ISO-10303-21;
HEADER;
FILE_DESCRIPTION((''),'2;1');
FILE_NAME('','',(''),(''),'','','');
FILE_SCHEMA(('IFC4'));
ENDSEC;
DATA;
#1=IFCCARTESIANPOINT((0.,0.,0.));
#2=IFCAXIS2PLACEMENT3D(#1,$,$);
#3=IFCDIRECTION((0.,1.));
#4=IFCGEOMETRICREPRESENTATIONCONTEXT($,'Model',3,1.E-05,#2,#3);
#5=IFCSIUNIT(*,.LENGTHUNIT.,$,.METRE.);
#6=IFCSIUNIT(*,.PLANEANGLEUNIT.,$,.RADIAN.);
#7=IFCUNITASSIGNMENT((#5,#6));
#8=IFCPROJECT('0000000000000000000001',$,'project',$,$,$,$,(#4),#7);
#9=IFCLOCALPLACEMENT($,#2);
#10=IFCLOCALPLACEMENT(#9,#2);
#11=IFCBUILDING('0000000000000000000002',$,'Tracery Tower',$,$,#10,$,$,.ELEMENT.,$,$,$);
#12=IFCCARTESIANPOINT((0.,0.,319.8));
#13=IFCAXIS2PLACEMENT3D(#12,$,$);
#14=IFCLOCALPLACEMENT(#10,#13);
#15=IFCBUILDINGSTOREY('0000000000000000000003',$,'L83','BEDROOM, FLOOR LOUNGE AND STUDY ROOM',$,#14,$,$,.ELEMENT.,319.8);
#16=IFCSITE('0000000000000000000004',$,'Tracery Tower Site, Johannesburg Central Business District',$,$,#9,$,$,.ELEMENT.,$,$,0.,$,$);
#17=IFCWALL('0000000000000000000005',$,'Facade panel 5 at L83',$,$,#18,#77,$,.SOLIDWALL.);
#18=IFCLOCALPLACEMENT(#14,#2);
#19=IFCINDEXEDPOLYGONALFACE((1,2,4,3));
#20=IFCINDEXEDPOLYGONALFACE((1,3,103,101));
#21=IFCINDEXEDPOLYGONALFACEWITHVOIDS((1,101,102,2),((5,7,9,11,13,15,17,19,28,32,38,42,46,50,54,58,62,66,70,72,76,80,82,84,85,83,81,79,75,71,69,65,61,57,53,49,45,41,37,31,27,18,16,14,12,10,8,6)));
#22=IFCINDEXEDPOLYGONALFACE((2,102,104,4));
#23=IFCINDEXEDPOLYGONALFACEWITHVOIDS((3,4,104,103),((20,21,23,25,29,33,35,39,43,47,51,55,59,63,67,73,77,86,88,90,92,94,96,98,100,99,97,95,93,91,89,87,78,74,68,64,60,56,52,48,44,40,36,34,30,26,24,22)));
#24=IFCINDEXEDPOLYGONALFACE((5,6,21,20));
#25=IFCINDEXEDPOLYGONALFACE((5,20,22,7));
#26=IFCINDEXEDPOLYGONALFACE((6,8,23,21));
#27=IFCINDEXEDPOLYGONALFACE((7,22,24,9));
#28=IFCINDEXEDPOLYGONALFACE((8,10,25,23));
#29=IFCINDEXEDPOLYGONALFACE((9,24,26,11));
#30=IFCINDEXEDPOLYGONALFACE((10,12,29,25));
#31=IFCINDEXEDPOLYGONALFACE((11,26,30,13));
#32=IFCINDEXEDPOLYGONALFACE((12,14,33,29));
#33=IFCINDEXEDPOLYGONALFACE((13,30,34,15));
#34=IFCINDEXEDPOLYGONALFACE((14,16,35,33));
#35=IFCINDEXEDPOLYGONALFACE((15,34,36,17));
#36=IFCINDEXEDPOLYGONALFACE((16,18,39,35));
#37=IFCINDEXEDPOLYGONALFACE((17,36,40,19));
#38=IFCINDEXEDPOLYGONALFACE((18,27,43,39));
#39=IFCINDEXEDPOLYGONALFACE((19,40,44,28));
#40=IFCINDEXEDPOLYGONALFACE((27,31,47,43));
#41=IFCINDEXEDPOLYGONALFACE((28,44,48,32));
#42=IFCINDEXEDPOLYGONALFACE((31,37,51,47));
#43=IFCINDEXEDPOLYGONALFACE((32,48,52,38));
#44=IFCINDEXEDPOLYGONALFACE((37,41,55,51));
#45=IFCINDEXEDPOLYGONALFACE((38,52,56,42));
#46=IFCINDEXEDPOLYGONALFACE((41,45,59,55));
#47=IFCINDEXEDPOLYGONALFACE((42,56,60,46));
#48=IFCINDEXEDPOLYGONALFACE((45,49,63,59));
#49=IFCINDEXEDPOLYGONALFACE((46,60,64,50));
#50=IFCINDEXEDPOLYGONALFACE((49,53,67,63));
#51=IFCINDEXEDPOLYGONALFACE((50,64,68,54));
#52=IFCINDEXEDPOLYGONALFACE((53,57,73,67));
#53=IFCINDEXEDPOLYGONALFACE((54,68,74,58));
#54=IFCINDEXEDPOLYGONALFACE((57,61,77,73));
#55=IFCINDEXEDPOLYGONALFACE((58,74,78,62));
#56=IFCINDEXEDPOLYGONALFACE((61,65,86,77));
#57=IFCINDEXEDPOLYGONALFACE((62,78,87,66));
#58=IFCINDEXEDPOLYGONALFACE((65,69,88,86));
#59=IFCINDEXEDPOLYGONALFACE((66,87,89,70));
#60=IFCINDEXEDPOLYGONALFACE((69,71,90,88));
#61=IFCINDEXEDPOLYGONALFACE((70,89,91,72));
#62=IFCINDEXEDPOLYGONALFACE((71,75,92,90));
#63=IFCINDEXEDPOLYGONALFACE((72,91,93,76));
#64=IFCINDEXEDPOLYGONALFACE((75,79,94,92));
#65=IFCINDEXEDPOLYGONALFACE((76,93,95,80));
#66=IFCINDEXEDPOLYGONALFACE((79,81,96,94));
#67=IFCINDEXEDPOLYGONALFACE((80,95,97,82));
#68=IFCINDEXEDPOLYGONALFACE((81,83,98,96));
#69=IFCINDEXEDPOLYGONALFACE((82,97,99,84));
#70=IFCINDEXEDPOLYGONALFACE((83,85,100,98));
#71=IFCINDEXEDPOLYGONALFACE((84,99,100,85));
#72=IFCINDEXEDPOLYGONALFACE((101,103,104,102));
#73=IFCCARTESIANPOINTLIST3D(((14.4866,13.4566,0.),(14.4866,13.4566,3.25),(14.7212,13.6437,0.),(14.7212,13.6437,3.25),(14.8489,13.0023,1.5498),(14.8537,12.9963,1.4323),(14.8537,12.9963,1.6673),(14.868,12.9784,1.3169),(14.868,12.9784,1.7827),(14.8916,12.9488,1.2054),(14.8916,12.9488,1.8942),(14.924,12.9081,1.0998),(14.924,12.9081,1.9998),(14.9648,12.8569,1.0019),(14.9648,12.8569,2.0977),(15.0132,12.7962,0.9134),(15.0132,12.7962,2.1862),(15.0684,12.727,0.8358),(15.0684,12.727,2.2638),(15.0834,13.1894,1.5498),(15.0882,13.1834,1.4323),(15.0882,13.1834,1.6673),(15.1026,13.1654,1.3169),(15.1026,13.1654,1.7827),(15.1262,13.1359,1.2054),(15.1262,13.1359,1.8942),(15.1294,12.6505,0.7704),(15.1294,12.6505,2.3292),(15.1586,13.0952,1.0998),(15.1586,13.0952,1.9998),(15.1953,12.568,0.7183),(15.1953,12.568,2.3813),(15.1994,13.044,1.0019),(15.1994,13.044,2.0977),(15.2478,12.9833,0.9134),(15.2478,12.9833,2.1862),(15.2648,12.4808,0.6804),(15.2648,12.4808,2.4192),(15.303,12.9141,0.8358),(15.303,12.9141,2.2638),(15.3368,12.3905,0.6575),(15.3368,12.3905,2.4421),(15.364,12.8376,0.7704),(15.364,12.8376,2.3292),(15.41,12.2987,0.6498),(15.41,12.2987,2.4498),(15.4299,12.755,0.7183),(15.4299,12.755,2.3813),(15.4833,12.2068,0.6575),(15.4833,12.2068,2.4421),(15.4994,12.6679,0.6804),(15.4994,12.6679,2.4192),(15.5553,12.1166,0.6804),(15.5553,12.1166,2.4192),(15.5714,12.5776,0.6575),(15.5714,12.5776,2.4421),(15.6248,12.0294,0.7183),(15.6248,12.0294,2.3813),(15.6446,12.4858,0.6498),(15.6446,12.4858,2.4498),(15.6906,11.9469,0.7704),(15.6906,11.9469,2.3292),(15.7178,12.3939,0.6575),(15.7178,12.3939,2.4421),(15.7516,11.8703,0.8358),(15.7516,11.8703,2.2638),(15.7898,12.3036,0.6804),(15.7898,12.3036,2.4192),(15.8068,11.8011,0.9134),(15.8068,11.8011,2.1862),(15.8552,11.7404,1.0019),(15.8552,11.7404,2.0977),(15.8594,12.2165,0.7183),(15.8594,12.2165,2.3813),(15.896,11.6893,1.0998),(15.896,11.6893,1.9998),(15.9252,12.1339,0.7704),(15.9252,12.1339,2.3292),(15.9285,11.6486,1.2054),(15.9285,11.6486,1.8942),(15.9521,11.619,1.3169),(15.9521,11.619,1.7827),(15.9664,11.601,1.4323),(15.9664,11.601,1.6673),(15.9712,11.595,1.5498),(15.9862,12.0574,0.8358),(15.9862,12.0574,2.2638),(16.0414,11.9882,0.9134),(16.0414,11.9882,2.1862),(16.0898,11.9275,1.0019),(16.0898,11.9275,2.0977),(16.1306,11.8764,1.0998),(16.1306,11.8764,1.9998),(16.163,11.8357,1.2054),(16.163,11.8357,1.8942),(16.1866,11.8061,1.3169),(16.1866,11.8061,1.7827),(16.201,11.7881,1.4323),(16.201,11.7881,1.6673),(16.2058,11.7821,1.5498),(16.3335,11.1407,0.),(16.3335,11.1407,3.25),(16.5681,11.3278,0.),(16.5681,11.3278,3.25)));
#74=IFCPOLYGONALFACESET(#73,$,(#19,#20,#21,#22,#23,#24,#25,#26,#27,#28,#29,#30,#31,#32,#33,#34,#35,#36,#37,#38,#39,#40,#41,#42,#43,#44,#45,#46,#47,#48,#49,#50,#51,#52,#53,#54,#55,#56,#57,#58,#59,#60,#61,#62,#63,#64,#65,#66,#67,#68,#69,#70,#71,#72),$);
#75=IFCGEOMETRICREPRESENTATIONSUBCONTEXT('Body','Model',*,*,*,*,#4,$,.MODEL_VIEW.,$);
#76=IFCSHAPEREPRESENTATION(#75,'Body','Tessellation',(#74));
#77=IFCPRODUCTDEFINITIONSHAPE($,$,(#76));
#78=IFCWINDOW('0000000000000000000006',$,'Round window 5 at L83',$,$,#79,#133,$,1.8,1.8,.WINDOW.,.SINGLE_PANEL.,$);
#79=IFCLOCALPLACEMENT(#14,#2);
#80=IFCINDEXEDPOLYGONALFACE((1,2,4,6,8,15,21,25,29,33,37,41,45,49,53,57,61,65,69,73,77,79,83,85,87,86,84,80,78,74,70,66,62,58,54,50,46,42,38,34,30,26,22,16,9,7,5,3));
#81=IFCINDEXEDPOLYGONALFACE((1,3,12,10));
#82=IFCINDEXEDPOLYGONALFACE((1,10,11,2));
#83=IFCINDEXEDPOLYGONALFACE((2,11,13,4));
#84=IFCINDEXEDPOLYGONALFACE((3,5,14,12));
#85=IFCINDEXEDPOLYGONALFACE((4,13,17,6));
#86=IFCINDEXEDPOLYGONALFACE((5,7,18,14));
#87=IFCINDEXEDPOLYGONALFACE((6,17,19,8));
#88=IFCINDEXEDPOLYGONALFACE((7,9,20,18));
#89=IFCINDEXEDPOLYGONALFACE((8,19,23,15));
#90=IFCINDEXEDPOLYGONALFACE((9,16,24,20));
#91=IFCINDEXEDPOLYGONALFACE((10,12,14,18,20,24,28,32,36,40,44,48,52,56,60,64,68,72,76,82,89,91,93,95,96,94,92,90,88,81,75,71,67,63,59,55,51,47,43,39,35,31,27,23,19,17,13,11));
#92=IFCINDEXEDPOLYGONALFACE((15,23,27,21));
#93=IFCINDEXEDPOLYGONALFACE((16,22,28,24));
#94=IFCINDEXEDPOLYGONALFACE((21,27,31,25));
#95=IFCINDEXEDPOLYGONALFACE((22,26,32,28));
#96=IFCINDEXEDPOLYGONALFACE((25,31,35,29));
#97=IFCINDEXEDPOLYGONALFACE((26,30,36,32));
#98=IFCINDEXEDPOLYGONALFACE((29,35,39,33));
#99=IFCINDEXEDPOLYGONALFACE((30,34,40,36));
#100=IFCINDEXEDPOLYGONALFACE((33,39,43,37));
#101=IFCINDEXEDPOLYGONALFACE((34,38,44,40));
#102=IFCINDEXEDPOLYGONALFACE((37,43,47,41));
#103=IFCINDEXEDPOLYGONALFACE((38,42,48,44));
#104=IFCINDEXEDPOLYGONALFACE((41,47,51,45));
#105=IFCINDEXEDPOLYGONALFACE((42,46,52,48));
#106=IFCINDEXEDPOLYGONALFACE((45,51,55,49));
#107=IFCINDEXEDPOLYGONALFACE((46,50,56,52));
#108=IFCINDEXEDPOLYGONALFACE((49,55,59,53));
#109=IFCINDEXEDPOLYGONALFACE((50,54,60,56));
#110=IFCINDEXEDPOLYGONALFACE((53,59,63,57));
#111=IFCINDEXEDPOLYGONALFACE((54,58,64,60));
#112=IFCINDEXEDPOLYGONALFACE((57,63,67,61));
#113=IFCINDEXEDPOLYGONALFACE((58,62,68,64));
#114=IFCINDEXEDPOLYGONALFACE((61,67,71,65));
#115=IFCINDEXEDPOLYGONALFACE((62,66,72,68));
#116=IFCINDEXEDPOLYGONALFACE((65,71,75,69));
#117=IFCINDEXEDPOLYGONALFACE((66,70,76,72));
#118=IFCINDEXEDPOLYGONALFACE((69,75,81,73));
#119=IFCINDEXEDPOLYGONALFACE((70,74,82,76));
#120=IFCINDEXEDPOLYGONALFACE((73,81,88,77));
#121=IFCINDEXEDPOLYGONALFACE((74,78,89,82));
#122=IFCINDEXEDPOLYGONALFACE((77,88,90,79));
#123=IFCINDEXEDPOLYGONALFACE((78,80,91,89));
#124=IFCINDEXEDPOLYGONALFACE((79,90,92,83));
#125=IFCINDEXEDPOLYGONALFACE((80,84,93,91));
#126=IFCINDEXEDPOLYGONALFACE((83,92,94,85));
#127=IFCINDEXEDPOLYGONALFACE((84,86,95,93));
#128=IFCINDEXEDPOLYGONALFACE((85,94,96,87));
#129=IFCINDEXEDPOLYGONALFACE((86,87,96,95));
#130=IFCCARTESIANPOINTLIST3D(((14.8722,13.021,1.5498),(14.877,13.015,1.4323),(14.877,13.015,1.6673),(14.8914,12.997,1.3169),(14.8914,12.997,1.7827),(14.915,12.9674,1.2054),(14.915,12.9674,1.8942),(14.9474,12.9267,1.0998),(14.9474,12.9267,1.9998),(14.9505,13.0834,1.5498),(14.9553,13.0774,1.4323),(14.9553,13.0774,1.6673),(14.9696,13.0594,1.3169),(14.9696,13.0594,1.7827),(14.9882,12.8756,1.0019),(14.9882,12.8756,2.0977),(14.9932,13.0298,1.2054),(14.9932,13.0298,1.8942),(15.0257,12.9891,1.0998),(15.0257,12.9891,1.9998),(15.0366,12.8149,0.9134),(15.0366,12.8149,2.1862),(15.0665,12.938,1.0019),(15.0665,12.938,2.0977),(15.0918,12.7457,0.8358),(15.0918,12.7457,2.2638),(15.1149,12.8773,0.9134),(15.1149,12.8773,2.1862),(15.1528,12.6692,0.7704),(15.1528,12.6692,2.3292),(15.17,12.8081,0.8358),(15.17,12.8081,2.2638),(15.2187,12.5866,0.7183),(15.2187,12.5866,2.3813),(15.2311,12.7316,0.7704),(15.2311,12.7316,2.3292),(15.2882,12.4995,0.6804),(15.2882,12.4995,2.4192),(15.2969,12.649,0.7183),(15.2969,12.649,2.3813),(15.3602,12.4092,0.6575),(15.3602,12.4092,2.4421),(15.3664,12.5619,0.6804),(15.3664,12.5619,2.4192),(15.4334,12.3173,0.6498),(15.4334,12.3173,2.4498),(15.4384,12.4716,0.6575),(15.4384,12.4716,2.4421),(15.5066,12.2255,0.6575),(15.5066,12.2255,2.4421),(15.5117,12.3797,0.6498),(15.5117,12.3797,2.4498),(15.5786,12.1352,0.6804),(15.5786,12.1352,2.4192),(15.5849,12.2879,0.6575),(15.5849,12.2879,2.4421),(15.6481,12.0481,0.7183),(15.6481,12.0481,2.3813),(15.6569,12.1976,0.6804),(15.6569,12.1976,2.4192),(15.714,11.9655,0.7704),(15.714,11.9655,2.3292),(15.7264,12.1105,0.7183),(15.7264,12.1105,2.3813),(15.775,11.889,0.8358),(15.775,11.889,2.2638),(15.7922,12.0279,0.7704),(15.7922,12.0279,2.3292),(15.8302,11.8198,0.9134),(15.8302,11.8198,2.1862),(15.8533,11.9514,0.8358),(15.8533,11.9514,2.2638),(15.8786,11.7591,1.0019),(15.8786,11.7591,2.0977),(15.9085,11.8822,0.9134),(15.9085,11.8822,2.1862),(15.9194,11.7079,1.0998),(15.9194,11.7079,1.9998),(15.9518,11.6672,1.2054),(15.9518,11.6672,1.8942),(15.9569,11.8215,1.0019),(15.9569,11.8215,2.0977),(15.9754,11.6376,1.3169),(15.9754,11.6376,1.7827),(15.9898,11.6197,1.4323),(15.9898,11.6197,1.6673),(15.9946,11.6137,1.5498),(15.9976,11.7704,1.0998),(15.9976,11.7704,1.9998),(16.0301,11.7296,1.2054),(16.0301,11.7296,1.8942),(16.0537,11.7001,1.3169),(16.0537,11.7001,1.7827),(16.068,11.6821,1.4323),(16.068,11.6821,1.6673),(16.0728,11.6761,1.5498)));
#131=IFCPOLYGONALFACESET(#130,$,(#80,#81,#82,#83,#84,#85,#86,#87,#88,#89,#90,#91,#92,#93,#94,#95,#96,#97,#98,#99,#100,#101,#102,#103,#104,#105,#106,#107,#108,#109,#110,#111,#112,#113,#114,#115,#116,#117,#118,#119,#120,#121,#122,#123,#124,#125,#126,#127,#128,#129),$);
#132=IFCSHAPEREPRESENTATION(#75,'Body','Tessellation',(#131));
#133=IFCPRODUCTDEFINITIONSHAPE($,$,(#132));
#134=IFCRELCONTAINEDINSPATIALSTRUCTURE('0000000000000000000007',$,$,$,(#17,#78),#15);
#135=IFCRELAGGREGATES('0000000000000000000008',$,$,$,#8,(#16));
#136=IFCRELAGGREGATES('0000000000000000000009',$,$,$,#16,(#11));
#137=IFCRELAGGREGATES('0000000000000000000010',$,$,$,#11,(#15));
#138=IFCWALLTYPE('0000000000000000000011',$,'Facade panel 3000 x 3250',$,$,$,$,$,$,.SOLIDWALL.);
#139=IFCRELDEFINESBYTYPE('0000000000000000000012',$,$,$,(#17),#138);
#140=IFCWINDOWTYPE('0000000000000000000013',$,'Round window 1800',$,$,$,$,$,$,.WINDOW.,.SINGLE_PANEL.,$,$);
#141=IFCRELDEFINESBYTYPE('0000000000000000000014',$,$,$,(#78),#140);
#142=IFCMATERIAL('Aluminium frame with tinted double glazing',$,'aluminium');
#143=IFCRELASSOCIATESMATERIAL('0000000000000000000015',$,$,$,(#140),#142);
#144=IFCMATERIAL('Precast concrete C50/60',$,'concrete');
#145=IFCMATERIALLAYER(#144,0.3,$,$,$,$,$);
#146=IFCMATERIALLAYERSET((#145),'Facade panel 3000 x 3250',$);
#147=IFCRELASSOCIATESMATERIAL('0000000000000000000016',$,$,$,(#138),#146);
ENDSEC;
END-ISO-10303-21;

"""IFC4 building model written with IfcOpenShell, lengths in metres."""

from ifc_helpers import new_model, si_unit, direction, frame, frame_2d, origin, origin_2d, place, context, subcontext, project, spatial, rectangle, circle, extrude, material, layer, layer_set, type_object, element, fill, save


model = new_model("IFC4")

# Units and contexts
model_context = context("Model", 3, precision=1e-05, world=origin(), true_north=direction((0.0, 1.0)))
body_context = subcontext(model_context, "Body", "Model", "MODEL_VIEW")
ifc_project = project(units=[si_unit("LENGTHUNIT", "METRE"), si_unit("PLANEANGLEUNIT", "RADIAN")], contexts=[model_context])

# Site, building, storey
site_placement = place(None, origin())
site = spatial("IfcSite", under=ifc_project, at=site_placement, Name="Tracery Tower Site, Johannesburg Central Business District", CompositionType="ELEMENT", RefElevation=0.0)
building_placement = place(site_placement, origin())
building = spatial("IfcBuilding", under=site, at=building_placement, Name="Tracery Tower", CompositionType="ELEMENT")
storey_placement = place(building_placement, frame((0.0, 0.0, 319.8)))
storey = spatial("IfcBuildingStorey", under=building, at=storey_placement, Name="L83", Description="BEDROOM, FLOOR LOUNGE AND STUDY ROOM", CompositionType="ELEMENT", Elevation=319.8)

# Wall, opening, window
ifc_material_1 = material(Name="Aluminium frame with tinted double glazing", Category="aluminium")
window_type = type_object("IfcWindowType", Name="Round window 1800", PartitioningType="SINGLE_PANEL", PredefinedType="WINDOW", material=ifc_material_1)
ifc_material_2 = material(Name="Precast concrete C50/60", Category="concrete")
ifc_layer_1 = layer(ifc_material_2, 0.3)
ifc_layer_set_1 = layer_set([ifc_layer_1], Name="Facade panel 3000 x 3250")
wall_type_1 = type_object("IfcWallType", Name="Facade panel 3000 x 3250", PredefinedType="SOLIDWALL", material=ifc_layer_set_1)
wall_1_placement = place(storey_placement, frame((16.4507, 11.2344, 0.0), z_axis=(0.0, 0.0, 1.0), x_axis=(-0.623498, 0.781825, 0.0)))
wall_1 = element("IfcWall", 1, at=wall_1_placement, inside=storey, type_object=wall_type_1, Name="Facade panel 5 at L83", PredefinedType="SOLIDWALL", context=body_context, shape_type="SweptSolid", body=[
    extrude(rectangle(XDim=2.9622, YDim=0.3, at=frame_2d((1.481, 0.0))), origin(), (0.0, 0.0, 1.0), 3.25),
])
opening_1_placement = place(wall_1_placement, frame((1.481, 0.0, 1.5498)))
opening_1 = element("IfcOpeningElement", 2, at=opening_1_placement, cuts=wall_1, PredefinedType="OPENING", context=body_context, shape_type="SweptSolid", body=[
    extrude(circle(Radius=0.9, at=origin_2d()), frame((0.0, 0.1599, 0.0), z_axis=(0.0, -1.0, 0.0), x_axis=(1.0, 0.0, 0.0)), (0.0, 0.0, 1.0), 0.3201),
])
window_1_placement = place(opening_1_placement, origin())
window_1 = element("IfcWindow", 3, at=window_1_placement, inside=storey, type_object=window_type, Name="Round window 5 at L83", OverallHeight=1.8, OverallWidth=1.8, PartitioningType="SINGLE_PANEL", PredefinedType="WINDOW", context=body_context, shape_type="SweptSolid", body=[
    extrude(circle(Radius=0.9, at=origin_2d()), frame((0.0, 0.1201, 0.0), z_axis=(0.0, -1.0, 0.0), x_axis=(1.0, 0.0, 0.0)), (0.0, 0.0, 1.0), 0.1001),
])
fill(opening_1, window_1)

save(model, "model.ifc")
